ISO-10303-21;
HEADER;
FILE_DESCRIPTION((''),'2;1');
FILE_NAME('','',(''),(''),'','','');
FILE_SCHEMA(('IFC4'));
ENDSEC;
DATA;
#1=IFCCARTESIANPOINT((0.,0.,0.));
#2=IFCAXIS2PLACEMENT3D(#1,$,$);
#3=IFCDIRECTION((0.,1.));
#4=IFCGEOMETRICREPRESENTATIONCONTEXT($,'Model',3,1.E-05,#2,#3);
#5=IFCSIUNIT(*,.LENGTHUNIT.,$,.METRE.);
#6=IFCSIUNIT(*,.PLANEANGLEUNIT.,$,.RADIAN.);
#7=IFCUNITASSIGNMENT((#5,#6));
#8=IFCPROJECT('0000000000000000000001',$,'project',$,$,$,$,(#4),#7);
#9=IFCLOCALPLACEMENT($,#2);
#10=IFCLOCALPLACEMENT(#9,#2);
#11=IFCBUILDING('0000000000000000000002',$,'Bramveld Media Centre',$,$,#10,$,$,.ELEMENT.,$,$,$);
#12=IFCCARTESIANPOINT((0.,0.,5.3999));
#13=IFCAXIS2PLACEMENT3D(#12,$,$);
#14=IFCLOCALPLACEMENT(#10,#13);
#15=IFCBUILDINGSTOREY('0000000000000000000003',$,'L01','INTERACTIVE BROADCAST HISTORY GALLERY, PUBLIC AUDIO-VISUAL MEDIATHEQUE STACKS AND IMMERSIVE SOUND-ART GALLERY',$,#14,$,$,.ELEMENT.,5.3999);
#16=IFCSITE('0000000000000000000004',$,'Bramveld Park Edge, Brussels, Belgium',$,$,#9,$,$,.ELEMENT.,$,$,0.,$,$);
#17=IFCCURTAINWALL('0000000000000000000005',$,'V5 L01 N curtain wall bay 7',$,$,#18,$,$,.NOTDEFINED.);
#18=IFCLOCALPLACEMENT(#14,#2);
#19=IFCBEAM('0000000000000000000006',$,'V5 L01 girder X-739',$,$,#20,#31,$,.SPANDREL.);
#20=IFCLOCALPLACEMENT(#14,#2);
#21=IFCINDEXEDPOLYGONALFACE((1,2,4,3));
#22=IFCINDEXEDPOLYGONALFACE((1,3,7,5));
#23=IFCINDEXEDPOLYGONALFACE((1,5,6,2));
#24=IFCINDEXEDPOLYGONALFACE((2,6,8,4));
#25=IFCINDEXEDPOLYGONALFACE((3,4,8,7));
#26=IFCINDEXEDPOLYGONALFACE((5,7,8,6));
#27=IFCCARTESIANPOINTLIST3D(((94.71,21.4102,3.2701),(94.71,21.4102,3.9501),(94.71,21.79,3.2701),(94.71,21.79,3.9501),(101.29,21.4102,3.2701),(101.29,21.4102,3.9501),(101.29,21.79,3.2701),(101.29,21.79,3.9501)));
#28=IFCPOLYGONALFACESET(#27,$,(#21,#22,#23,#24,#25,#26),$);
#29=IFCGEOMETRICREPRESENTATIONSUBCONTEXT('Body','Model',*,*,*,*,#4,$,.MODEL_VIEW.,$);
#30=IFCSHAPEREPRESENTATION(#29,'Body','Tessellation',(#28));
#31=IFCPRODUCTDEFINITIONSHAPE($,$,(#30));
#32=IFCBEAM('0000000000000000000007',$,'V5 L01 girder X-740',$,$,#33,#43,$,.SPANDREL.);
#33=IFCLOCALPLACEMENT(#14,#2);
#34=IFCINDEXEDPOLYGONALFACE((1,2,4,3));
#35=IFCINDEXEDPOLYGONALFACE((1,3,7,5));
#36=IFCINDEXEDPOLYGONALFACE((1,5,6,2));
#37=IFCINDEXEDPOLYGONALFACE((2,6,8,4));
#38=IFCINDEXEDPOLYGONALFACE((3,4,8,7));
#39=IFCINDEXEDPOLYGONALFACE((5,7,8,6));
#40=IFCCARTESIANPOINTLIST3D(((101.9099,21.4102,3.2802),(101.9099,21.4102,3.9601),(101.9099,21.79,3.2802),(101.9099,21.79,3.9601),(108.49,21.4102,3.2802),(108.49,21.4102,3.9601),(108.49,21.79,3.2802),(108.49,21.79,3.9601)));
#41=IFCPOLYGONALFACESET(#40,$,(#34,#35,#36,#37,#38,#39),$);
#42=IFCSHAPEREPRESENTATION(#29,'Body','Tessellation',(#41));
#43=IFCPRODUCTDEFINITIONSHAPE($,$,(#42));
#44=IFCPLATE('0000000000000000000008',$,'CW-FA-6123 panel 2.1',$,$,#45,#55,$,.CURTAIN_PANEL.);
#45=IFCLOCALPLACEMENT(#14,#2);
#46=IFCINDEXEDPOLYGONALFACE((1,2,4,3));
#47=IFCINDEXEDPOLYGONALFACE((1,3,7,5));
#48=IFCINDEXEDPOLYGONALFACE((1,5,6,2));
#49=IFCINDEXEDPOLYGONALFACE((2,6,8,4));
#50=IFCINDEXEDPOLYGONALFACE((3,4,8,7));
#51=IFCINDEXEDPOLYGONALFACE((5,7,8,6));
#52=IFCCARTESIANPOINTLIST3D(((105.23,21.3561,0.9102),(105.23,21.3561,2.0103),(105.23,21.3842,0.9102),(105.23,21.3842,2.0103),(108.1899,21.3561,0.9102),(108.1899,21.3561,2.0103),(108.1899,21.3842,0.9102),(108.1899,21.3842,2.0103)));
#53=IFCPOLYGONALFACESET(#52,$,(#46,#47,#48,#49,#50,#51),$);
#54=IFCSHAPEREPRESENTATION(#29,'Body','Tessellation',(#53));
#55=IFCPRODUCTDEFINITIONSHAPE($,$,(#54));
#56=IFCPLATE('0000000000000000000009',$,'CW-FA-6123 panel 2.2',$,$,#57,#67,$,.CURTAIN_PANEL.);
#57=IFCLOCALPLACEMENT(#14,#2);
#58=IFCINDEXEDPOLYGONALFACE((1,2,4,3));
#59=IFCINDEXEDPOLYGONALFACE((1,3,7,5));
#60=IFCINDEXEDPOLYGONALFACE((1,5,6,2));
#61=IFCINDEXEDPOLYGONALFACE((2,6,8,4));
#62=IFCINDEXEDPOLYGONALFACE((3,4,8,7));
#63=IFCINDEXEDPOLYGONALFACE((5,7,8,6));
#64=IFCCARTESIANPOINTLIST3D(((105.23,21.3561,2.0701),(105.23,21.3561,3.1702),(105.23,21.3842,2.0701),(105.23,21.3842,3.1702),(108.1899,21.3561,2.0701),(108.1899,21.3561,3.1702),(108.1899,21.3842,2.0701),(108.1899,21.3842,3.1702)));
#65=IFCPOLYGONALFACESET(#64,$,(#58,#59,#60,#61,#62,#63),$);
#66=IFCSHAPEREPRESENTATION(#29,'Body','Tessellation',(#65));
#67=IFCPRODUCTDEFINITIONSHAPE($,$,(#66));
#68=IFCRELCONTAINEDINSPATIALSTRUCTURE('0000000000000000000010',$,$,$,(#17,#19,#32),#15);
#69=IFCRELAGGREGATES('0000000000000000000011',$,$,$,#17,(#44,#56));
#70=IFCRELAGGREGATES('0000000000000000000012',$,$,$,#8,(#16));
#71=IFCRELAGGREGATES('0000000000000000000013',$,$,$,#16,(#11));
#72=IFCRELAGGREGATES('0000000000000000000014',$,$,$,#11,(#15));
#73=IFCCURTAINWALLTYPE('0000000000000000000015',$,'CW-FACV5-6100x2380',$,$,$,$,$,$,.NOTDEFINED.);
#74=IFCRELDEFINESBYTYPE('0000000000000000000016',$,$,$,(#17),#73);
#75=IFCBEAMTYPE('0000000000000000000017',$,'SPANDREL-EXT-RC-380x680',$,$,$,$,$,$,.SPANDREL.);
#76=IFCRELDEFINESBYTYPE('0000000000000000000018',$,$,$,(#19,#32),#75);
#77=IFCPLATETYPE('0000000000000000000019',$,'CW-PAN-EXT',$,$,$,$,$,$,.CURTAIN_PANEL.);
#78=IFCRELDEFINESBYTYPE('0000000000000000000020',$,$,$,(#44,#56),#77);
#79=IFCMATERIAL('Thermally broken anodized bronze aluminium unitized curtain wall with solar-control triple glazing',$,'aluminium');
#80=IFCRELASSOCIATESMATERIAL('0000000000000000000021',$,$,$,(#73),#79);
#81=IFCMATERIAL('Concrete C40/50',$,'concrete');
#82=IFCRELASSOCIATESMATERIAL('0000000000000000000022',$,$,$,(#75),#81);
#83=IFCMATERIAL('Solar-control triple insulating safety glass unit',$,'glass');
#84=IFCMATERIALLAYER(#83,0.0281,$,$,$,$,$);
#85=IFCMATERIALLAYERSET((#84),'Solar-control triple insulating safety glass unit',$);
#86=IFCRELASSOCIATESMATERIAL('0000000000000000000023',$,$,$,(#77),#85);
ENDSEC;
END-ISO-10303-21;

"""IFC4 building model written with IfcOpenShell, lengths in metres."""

from ifc_helpers import new_model, si_unit, direction, frame, origin, origin_2d, place, context, subcontext, project, spatial, rectangle, extrude, material, layer, layer_set, material_profile, profile_set, type_object, element, aggregate, save


model = new_model("IFC4")

# Units and contexts
model_context = context("Model", 3, precision=1e-05, world=origin(), true_north=direction((0.0, 1.0)))
body_context = subcontext(model_context, "Body", "Model", "MODEL_VIEW")
ifc_project = project(units=[si_unit("LENGTHUNIT", "METRE"), si_unit("PLANEANGLEUNIT", "RADIAN")], contexts=[model_context])

# Site, building, storey
site_placement = place(None, origin())
site = spatial("IfcSite", under=ifc_project, at=site_placement, Name="Bramveld Park Edge, Brussels, Belgium", CompositionType="ELEMENT", RefElevation=0.0)
building_placement = place(site_placement, origin())
building = spatial("IfcBuilding", under=site, at=building_placement, Name="Bramveld Media Centre", CompositionType="ELEMENT")
storey_placement = place(building_placement, frame((0.0, 0.0, 5.3999)))
storey = spatial("IfcBuildingStorey", under=building, at=storey_placement, Name="L01", Description="INTERACTIVE BROADCAST HISTORY GALLERY, PUBLIC AUDIO-VISUAL MEDIATHEQUE STACKS AND IMMERSIVE SOUND-ART GALLERY", CompositionType="ELEMENT", Elevation=5.3999)

# Curtain wall
ifc_material_1 = material(Name="Thermally broken anodized bronze aluminium unitized curtain wall with solar-control triple glazing", Category="aluminium")
curtain_wall_type = type_object("IfcCurtainWallType", Name="CW-FACV5-6100x2380", PredefinedType="NOTDEFINED", material=ifc_material_1)
curtain_wall_placement = place(storey_placement, origin())
curtain_wall = element("IfcCurtainWall", 1, at=curtain_wall_placement, inside=storey, type_object=curtain_wall_type, Name="V5 L01 N curtain wall bay 7", PredefinedType="NOTDEFINED")

# Beams
ifc_material_2 = material(Name="Concrete C40/50", Category="concrete")
ifc_material_profile_1 = material_profile(ifc_material_2, rectangle(XDim=0.3799, YDim=0.6799, at=origin_2d()), Name="RC 380x680")
ifc_profile_set_1 = profile_set([ifc_material_profile_1], Name="Concrete C40/50")
beam_type = type_object("IfcBeamType", Name="SPANDREL-EXT-RC-380x680", PredefinedType="SPANDREL", material=ifc_profile_set_1)
for number, where, z_axis, x_axis, name in (
    (2, (94.71, 21.6001, 3.6101), (1.0, 0.0, 0.0), (0.0, 1.0, 0.0), "V5 L01 girder X-739"),
    (3, (101.9099, 21.6001, 3.6201), (1.0, 0.0, 0.0), (0.0, 1.0, 0.0), "V5 L01 girder X-740"),
):
    element("IfcBeam", number, at=place(storey_placement, frame(where, z_axis=z_axis, x_axis=x_axis)), inside=storey, type_object=beam_type, Name=name, PredefinedType="SPANDREL", context=body_context, shape_type="SweptSolid", body=[
        extrude(rectangle(XDim=0.3799, YDim=0.6799, at=origin_2d()), origin(), (0.0, 0.0, 1.0), 6.5801),
    ])

# Plates
ifc_material_3 = material(Name="Solar-control triple insulating safety glass unit", Category="glass")
ifc_layer_1 = layer(ifc_material_3, 0.0281)
ifc_layer_set_1 = layer_set([ifc_layer_1], Name="Solar-control triple insulating safety glass unit")
plate_type = type_object("IfcPlateType", Name="CW-PAN-EXT", PredefinedType="CURTAIN_PANEL", material=ifc_layer_set_1)
plate_1_placement = place(storey_placement, frame((106.71, 21.3701, 0.9102), z_axis=(0.0, 0.0, 1.0), x_axis=(1.0, 0.0, 0.0)))
plate_1 = element("IfcPlate", 4, at=plate_1_placement, type_object=plate_type, Name="CW-FA-6123 panel 2.1", PredefinedType="CURTAIN_PANEL", context=body_context, shape_type="SweptSolid", body=[
    extrude(rectangle(XDim=2.96, YDim=0.0281, at=origin_2d()), origin(), (0.0, 0.0, 1.0), 1.1001),
])
plate_2_placement = place(storey_placement, frame((106.71, 21.3701, 2.0701), z_axis=(0.0, 0.0, 1.0), x_axis=(1.0, 0.0, 0.0)))
plate_2 = element("IfcPlate", 5, at=plate_2_placement, type_object=plate_type, Name="CW-FA-6123 panel 2.2", PredefinedType="CURTAIN_PANEL", context=body_context, shape_type="SweptSolid", body=[
    extrude(rectangle(XDim=2.96, YDim=0.0281, at=origin_2d()), origin(), (0.0, 0.0, 1.0), 1.1001),
])
aggregate(curtain_wall, [plate_1, plate_2])

save(model, "model.ifc")
